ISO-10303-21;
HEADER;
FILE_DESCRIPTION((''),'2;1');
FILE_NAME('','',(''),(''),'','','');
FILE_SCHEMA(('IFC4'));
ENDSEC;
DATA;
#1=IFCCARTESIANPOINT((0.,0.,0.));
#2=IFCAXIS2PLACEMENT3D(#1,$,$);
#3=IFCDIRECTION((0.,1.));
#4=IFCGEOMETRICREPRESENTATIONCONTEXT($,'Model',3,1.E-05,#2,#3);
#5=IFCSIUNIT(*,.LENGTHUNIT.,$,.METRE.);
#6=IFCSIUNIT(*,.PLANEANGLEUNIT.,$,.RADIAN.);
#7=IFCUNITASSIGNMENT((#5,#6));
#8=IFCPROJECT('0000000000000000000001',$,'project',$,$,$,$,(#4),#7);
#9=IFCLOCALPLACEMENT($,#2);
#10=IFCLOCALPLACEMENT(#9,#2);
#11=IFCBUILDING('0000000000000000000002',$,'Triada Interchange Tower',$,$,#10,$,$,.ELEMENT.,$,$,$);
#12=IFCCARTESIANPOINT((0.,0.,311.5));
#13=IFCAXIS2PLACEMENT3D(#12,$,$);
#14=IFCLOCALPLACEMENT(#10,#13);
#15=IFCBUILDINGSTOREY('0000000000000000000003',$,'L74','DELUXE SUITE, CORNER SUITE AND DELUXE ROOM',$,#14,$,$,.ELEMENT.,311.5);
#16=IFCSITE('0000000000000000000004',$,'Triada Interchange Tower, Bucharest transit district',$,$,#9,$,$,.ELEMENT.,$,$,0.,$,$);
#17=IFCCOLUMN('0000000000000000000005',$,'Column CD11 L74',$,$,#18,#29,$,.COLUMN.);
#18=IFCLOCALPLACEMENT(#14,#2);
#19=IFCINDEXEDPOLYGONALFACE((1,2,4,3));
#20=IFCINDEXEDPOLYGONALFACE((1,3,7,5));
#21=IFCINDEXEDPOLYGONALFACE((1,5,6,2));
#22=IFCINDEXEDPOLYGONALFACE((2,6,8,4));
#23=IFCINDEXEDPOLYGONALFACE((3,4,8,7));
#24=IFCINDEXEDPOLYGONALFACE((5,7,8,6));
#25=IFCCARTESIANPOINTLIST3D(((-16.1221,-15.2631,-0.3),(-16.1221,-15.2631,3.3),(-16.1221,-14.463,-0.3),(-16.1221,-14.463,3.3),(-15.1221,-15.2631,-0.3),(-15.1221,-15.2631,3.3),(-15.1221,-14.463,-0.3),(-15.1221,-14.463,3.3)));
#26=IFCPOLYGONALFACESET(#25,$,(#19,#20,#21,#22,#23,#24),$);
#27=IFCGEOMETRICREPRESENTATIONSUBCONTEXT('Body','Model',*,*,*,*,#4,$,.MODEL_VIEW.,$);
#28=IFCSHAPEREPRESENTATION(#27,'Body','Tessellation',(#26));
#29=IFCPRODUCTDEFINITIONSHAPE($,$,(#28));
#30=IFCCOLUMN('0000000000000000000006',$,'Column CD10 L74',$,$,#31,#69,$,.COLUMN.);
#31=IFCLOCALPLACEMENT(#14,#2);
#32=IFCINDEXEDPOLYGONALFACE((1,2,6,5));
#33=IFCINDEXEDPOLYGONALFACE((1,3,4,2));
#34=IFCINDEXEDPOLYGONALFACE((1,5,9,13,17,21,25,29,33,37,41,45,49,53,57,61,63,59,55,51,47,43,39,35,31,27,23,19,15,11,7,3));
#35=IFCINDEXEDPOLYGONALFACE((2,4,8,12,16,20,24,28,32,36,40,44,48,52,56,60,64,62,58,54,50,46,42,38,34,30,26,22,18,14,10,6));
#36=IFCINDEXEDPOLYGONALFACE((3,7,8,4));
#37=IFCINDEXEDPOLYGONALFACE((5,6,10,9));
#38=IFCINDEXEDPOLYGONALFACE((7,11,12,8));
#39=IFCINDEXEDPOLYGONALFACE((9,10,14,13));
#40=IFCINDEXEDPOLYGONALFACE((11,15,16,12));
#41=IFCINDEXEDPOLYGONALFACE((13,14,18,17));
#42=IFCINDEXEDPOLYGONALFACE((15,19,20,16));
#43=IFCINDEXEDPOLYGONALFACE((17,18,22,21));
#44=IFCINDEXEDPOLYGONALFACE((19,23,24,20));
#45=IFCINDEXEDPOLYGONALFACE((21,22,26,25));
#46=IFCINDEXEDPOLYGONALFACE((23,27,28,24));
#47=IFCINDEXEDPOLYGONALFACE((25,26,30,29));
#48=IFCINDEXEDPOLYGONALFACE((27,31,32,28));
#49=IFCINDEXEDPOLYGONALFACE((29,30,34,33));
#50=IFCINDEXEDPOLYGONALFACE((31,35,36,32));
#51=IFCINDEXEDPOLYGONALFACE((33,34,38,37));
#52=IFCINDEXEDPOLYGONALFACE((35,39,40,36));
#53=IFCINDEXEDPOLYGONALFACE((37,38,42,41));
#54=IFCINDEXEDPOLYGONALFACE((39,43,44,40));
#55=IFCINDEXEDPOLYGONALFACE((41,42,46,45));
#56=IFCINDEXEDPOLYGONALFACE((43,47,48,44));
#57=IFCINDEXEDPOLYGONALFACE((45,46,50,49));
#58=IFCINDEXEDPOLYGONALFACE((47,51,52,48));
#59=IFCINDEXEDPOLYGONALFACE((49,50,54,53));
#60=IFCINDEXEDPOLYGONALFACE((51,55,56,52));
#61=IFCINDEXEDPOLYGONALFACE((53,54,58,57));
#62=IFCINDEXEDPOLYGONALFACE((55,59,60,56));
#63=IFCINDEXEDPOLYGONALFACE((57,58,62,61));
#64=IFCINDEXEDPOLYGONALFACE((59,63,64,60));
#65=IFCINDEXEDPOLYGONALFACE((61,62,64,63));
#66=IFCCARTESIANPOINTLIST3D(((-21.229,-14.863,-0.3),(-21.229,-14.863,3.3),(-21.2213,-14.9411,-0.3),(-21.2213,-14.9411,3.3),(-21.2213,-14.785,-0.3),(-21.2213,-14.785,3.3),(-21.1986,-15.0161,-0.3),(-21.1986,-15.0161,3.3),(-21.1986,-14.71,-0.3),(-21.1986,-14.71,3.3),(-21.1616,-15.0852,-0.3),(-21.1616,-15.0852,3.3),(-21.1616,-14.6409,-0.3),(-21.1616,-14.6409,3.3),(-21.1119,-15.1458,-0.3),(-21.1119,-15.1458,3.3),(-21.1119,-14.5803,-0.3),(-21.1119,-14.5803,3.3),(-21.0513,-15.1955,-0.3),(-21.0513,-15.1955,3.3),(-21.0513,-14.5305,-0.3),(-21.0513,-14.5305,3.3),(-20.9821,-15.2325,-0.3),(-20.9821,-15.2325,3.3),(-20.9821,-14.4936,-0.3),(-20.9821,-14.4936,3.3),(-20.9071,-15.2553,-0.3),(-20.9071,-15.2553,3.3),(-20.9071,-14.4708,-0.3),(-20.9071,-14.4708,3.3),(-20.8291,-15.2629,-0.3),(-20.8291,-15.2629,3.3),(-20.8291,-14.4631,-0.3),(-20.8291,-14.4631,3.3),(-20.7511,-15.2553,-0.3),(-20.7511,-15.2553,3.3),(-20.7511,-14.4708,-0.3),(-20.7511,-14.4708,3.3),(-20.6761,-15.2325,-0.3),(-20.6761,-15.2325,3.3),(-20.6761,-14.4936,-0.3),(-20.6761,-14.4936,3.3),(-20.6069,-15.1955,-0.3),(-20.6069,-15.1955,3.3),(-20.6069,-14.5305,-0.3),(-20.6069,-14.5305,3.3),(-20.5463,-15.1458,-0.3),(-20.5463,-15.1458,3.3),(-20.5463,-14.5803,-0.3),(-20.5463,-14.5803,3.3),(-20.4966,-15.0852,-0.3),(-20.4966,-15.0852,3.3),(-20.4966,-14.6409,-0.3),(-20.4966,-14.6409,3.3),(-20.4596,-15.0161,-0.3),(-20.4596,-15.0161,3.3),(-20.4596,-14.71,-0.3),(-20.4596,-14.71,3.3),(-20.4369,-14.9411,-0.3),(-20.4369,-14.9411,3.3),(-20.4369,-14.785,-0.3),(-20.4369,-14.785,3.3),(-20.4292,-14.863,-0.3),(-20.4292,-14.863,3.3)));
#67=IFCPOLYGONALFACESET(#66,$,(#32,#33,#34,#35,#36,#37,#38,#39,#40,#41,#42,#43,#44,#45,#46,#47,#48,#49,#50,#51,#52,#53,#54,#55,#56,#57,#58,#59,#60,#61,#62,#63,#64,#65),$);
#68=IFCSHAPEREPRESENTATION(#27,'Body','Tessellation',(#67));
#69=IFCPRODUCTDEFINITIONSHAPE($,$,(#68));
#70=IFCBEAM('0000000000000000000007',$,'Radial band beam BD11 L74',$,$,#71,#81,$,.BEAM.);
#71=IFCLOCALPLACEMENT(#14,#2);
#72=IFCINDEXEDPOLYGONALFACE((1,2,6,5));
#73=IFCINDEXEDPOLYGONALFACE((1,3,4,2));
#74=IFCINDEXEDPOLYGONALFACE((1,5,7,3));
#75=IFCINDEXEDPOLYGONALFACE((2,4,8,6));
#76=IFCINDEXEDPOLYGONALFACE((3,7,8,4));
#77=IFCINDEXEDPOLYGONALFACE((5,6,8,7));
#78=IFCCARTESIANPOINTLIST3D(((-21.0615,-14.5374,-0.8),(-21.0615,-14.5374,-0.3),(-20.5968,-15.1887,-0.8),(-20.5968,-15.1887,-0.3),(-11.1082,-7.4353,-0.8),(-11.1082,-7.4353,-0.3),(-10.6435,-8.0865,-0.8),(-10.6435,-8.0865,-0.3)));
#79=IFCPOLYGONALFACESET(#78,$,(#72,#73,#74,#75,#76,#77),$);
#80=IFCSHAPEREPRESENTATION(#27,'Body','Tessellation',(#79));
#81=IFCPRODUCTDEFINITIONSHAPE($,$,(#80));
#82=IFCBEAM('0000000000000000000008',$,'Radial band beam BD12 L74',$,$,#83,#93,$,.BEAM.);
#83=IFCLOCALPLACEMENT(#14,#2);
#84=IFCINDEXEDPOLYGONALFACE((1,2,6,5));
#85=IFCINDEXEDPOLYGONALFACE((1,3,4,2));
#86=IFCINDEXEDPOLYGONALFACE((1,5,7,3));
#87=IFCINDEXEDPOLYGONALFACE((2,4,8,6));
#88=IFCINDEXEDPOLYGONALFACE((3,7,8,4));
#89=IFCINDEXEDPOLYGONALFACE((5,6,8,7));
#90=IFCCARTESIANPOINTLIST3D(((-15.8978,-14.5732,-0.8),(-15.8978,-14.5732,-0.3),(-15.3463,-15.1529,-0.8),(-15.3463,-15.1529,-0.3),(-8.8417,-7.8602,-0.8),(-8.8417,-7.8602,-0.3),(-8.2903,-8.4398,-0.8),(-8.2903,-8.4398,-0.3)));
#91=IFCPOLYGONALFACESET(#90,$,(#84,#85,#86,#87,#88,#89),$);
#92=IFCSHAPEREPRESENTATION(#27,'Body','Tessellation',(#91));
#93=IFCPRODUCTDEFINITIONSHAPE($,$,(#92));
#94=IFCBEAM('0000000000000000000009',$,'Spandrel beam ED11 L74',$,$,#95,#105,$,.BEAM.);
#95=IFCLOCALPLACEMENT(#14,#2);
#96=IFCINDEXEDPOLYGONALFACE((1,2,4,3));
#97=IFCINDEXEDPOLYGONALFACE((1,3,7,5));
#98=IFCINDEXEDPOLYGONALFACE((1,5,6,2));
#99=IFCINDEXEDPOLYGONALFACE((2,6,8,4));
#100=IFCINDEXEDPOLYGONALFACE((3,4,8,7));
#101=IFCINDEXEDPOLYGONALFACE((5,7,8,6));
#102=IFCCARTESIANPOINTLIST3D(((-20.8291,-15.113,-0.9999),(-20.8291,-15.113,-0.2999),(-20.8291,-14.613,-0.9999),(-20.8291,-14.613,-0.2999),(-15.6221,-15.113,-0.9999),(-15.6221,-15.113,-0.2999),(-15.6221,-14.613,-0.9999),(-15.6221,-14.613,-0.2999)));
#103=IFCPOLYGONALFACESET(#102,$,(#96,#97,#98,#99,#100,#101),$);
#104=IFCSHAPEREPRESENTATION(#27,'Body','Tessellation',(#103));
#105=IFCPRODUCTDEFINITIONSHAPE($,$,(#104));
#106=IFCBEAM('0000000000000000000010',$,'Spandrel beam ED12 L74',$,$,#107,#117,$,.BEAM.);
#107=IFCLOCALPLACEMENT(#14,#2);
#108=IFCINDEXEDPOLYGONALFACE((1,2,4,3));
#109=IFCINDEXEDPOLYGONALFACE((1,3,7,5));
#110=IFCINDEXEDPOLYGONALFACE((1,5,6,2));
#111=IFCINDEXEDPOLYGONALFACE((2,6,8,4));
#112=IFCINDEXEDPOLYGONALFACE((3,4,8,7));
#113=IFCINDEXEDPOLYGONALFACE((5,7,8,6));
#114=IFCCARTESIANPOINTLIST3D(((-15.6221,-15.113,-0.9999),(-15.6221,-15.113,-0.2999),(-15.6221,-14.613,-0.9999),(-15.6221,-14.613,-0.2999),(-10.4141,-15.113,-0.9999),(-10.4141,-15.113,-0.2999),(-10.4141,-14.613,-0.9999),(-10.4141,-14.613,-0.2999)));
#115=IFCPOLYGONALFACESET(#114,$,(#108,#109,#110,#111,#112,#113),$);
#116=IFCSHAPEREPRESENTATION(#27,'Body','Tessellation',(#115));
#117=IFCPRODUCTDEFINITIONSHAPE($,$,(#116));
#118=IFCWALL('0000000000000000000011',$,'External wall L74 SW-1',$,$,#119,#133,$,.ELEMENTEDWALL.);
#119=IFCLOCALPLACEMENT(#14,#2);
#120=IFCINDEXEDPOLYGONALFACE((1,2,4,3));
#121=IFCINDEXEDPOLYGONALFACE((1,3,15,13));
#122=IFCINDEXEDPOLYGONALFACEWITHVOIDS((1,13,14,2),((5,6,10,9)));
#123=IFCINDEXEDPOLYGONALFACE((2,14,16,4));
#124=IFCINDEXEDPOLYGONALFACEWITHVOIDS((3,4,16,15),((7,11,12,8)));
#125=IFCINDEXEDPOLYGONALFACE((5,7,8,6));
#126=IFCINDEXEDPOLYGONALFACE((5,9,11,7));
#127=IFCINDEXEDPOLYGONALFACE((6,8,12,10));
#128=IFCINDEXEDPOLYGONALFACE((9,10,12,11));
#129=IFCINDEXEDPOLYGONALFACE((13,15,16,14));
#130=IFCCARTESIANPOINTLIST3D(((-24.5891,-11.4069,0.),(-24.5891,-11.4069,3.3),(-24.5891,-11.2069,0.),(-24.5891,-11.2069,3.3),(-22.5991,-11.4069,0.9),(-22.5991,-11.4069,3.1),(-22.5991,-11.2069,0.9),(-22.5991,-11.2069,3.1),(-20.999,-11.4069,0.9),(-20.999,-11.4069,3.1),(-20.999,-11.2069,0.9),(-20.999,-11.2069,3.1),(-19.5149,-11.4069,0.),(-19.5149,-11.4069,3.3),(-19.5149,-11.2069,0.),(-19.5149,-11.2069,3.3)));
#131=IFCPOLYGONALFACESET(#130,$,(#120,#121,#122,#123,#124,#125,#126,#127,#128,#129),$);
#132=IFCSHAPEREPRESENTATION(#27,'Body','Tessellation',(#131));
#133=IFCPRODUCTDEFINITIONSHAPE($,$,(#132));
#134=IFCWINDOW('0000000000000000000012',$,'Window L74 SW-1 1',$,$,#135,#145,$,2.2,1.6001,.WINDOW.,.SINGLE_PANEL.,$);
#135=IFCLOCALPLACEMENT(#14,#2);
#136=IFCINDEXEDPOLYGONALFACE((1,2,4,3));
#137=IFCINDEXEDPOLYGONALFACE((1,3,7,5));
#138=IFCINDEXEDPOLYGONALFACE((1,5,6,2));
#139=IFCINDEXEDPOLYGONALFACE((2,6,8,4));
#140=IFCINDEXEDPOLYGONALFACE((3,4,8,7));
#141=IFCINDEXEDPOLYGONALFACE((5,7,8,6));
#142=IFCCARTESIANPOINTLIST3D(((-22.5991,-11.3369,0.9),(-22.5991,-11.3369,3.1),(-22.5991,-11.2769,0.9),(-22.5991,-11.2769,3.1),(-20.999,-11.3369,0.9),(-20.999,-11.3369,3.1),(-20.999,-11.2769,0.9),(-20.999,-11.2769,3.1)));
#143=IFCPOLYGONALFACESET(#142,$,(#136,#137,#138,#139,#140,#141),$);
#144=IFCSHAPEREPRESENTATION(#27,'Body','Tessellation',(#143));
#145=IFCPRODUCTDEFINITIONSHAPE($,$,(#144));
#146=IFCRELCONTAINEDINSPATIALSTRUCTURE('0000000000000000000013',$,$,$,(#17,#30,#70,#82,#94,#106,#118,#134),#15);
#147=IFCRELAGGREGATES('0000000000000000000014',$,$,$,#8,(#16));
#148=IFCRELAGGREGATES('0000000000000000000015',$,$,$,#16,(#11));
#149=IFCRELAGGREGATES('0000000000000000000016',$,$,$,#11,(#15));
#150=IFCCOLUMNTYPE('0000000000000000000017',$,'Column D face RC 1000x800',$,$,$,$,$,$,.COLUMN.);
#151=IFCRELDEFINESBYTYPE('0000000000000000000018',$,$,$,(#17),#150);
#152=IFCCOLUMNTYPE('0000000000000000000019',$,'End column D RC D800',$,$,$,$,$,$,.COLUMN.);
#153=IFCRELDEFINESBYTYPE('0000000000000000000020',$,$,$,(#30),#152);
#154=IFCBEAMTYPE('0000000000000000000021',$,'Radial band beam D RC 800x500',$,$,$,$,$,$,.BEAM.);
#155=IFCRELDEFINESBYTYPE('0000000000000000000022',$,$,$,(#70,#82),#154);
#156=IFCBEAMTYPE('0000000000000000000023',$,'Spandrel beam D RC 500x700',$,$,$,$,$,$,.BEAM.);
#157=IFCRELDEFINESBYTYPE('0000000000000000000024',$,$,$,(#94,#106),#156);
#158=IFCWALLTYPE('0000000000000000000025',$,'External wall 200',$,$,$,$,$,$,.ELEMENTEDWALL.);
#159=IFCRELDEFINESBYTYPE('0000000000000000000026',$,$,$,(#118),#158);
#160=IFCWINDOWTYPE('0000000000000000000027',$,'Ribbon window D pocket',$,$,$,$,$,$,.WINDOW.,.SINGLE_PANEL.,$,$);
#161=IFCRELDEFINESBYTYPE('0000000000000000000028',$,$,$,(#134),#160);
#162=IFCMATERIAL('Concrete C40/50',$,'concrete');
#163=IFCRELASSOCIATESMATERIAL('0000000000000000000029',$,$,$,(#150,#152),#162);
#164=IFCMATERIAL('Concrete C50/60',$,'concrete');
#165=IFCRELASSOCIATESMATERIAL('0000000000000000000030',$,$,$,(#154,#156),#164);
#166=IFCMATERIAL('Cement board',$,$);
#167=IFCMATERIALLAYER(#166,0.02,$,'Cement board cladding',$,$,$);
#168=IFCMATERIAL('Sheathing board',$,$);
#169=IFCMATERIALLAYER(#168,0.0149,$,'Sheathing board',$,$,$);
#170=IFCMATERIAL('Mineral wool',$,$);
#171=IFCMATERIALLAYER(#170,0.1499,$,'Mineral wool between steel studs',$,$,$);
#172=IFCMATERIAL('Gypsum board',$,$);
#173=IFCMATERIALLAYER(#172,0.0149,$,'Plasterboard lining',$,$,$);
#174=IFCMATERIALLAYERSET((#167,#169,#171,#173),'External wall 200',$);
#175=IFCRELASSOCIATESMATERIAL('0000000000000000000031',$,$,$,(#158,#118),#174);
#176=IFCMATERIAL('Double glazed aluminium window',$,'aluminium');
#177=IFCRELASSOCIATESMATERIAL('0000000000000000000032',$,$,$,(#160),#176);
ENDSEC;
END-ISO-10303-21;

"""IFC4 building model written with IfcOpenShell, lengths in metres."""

from ifc_helpers import new_model, si_unit, direction, frame, frame_2d, origin, origin_2d, place, context, subcontext, project, spatial, rectangle, circle, extrude, material, layer, layer_set, layer_usage, material_profile, profile_set, type_object, element, fill, save


model = new_model("IFC4")

# Units and contexts
model_context = context("Model", 3, precision=1e-05, world=origin(), true_north=direction((0.0, 1.0)))
body_context = subcontext(model_context, "Body", "Model", "MODEL_VIEW")
ifc_project = project(units=[si_unit("LENGTHUNIT", "METRE"), si_unit("PLANEANGLEUNIT", "RADIAN")], contexts=[model_context])

# Site, building, storey
site_placement = place(None, origin())
site = spatial("IfcSite", under=ifc_project, at=site_placement, Name="Triada Interchange Tower, Bucharest transit district", CompositionType="ELEMENT", RefElevation=0.0)
building_placement = place(site_placement, origin())
building = spatial("IfcBuilding", under=site, at=building_placement, Name="Triada Interchange Tower", CompositionType="ELEMENT")
storey_placement = place(building_placement, frame((0.0, 0.0, 311.5)))
storey = spatial("IfcBuildingStorey", under=building, at=storey_placement, Name="L74", Description="DELUXE SUITE, CORNER SUITE AND DELUXE ROOM", CompositionType="ELEMENT", Elevation=311.5)

# Columns
ifc_material_1 = material(Name="Concrete C40/50", Category="concrete")
ifc_material_profile_1 = material_profile(ifc_material_1, rectangle(XDim=1.0, YDim=0.8, at=origin_2d()), Name="RC 1000x800")
ifc_profile_set_1 = profile_set([ifc_material_profile_1], Name="Concrete C40/50")
column_type_1 = type_object("IfcColumnType", Name="Column D face RC 1000x800", PredefinedType="COLUMN", material=ifc_profile_set_1)
column_1_placement = place(storey_placement, frame((-15.6221, -14.863, -0.3), z_axis=(0.0, 0.0, 1.0), x_axis=(1.0, 0.0, 0.0)))
element("IfcColumn", 1, at=column_1_placement, inside=storey, type_object=column_type_1, Name="Column CD11 L74", PredefinedType="COLUMN", context=body_context, shape_type="SweptSolid", body=[
    extrude(rectangle(XDim=1.0, YDim=0.8, at=origin_2d()), origin(), (0.0, 0.0, 1.0), 3.6001),
])
ifc_material_profile_2 = material_profile(ifc_material_1, circle(Radius=0.3999, at=origin_2d()), Name="RC D800")
ifc_profile_set_2 = profile_set([ifc_material_profile_2], Name="Concrete C40/50")
column_type_2 = type_object("IfcColumnType", Name="End column D RC D800", PredefinedType="COLUMN", material=ifc_profile_set_2)
column_2_placement = place(storey_placement, frame((-20.8291, -14.863, -0.3), z_axis=(0.0, 0.0, 1.0), x_axis=(1.0, 0.0, 0.0)))
element("IfcColumn", 2, at=column_2_placement, inside=storey, type_object=column_type_2, Name="Column CD10 L74", PredefinedType="COLUMN", context=body_context, shape_type="SweptSolid", body=[
    extrude(circle(Radius=0.3999, at=origin_2d()), origin(), (0.0, 0.0, 1.0), 3.6001),
])

# Beams
ifc_material_2 = material(Name="Concrete C50/60", Category="concrete")
ifc_material_profile_3 = material_profile(ifc_material_2, rectangle(XDim=0.8, YDim=0.5, at=origin_2d()), Name="RC 800x500")
ifc_profile_set_3 = profile_set([ifc_material_profile_3], Name="Concrete C50/60")
beam_type_1 = type_object("IfcBeamType", Name="Radial band beam D RC 800x500", PredefinedType="BEAM", material=ifc_profile_set_3)
beam_1_placement = place(storey_placement, frame((-20.8291, -14.863, -0.55), z_axis=(0.814017, 0.580841, 0.0), x_axis=(-0.580841, 0.814017, 0.0)))
element("IfcBeam", 3, at=beam_1_placement, inside=storey, type_object=beam_type_1, Name="Radial band beam BD11 L74", PredefinedType="BEAM", context=body_context, shape_type="SweptSolid", body=[
    extrude(rectangle(XDim=0.8, YDim=0.5, at=origin_2d()), origin(), (0.0, 0.0, 1.0), 12.2273),
])
beam_2_placement = place(storey_placement, frame((-15.6221, -14.863, -0.55), z_axis=(0.724497, 0.689278, 0.0), x_axis=(-0.689278, 0.724497, 0.0)))
element("IfcBeam", 4, at=beam_2_placement, inside=storey, type_object=beam_type_1, Name="Radial band beam BD12 L74", PredefinedType="BEAM", context=body_context, shape_type="SweptSolid", body=[
    extrude(rectangle(XDim=0.8, YDim=0.5, at=origin_2d()), origin(), (0.0, 0.0, 1.0), 9.7393),
])
ifc_material_profile_4 = material_profile(ifc_material_2, rectangle(XDim=0.5, YDim=0.7, at=origin_2d()), Name="RC 500x700")
ifc_profile_set_4 = profile_set([ifc_material_profile_4], Name="Concrete C50/60")
beam_type_2 = type_object("IfcBeamType", Name="Spandrel beam D RC 500x700", PredefinedType="BEAM", material=ifc_profile_set_4)
beam_3_placement = place(storey_placement, frame((-20.8291, -14.863, -0.6499), z_axis=(1.0, 0.0, 0.0), x_axis=(0.0, 1.0, 0.0)))
element("IfcBeam", 5, at=beam_3_placement, inside=storey, type_object=beam_type_2, Name="Spandrel beam ED11 L74", PredefinedType="BEAM", context=body_context, shape_type="SweptSolid", body=[
    extrude(rectangle(XDim=0.5, YDim=0.7, at=origin_2d()), origin(), (0.0, 0.0, 1.0), 5.207),
])
beam_4_placement = place(storey_placement, frame((-15.6221, -14.863, -0.6499), z_axis=(1.0, 0.0, 0.0), x_axis=(0.0, 1.0, 0.0)))
element("IfcBeam", 6, at=beam_4_placement, inside=storey, type_object=beam_type_2, Name="Spandrel beam ED12 L74", PredefinedType="BEAM", context=body_context, shape_type="SweptSolid", body=[
    extrude(rectangle(XDim=0.5, YDim=0.7, at=origin_2d()), origin(), (0.0, 0.0, 1.0), 5.208),
])

# Wall, opening, window
ifc_material_3 = material(Name="Cement board")
ifc_layer_1 = layer(ifc_material_3, 0.02, Name="Cement board cladding")
ifc_material_4 = material(Name="Sheathing board")
ifc_layer_2 = layer(ifc_material_4, 0.0149, Name="Sheathing board")
ifc_material_5 = material(Name="Mineral wool")
ifc_layer_3 = layer(ifc_material_5, 0.1499, Name="Mineral wool between steel studs")
ifc_material_6 = material(Name="Gypsum board")
ifc_layer_4 = layer(ifc_material_6, 0.0149, Name="Plasterboard lining")
ifc_layer_set_1 = layer_set([ifc_layer_1, ifc_layer_2, ifc_layer_3, ifc_layer_4], Name="External wall 200")
ifc_layer_usage = layer_usage(ifc_layer_set_1, "AXIS2", "POSITIVE", -0.1001)
wall_type_1 = type_object("IfcWallType", Name="External wall 200", PredefinedType="ELEMENTEDWALL", material=ifc_layer_set_1)
wall_1_placement = place(storey_placement, frame((-24.5891, -11.3069, 0.0), z_axis=(0.0, 0.0, 1.0), x_axis=(1.0, 0.0, 0.0)))
wall_1 = element("IfcWall", 7, at=wall_1_placement, inside=storey, type_object=wall_type_1, material=ifc_layer_usage, Name="External wall L74 SW-1", PredefinedType="ELEMENTEDWALL", context=body_context, shape_type="SweptSolid", body=[
    extrude(rectangle(XDim=5.0742, YDim=0.2, at=frame_2d((2.5371, 0.0))), origin(), (0.0, 0.0, 1.0), 3.3),
])
opening_1_placement = place(wall_1_placement, frame((1.99, 0.0, 0.8999)))
opening_1 = element("IfcOpeningElement", 8, at=opening_1_placement, cuts=wall_1, PredefinedType="OPENING", context=body_context, shape_type="SweptSolid", body=[
    extrude(rectangle(XDim=1.6001, YDim=2.2, at=frame_2d((0.8, 1.1001))), frame((0.0, 0.1099, 0.0), z_axis=(0.0, -1.0, 0.0), x_axis=(1.0, 0.0, 0.0)), (0.0, 0.0, 1.0), 0.22),
])
ifc_material_7 = material(Name="Double glazed aluminium window", Category="aluminium")
window_type_1 = type_object("IfcWindowType", Name="Ribbon window D pocket", PartitioningType="SINGLE_PANEL", PredefinedType="WINDOW", material=ifc_material_7)
window_1_placement = place(opening_1_placement, origin())
window_1 = element("IfcWindow", 9, at=window_1_placement, inside=storey, type_object=window_type_1, Name="Window L74 SW-1 1", OverallHeight=2.2, OverallWidth=1.6001, PartitioningType="SINGLE_PANEL", PredefinedType="WINDOW", context=body_context, shape_type="SweptSolid", body=[
    extrude(rectangle(XDim=1.6001, YDim=2.2, at=frame_2d((0.8, 1.1001))), frame((0.0, 0.03, 0.0), z_axis=(0.0, -1.0, 0.0), x_axis=(1.0, 0.0, 0.0)), (0.0, 0.0, 1.0), 0.0601),
])
fill(opening_1, window_1)

save(model, "model.ifc")
